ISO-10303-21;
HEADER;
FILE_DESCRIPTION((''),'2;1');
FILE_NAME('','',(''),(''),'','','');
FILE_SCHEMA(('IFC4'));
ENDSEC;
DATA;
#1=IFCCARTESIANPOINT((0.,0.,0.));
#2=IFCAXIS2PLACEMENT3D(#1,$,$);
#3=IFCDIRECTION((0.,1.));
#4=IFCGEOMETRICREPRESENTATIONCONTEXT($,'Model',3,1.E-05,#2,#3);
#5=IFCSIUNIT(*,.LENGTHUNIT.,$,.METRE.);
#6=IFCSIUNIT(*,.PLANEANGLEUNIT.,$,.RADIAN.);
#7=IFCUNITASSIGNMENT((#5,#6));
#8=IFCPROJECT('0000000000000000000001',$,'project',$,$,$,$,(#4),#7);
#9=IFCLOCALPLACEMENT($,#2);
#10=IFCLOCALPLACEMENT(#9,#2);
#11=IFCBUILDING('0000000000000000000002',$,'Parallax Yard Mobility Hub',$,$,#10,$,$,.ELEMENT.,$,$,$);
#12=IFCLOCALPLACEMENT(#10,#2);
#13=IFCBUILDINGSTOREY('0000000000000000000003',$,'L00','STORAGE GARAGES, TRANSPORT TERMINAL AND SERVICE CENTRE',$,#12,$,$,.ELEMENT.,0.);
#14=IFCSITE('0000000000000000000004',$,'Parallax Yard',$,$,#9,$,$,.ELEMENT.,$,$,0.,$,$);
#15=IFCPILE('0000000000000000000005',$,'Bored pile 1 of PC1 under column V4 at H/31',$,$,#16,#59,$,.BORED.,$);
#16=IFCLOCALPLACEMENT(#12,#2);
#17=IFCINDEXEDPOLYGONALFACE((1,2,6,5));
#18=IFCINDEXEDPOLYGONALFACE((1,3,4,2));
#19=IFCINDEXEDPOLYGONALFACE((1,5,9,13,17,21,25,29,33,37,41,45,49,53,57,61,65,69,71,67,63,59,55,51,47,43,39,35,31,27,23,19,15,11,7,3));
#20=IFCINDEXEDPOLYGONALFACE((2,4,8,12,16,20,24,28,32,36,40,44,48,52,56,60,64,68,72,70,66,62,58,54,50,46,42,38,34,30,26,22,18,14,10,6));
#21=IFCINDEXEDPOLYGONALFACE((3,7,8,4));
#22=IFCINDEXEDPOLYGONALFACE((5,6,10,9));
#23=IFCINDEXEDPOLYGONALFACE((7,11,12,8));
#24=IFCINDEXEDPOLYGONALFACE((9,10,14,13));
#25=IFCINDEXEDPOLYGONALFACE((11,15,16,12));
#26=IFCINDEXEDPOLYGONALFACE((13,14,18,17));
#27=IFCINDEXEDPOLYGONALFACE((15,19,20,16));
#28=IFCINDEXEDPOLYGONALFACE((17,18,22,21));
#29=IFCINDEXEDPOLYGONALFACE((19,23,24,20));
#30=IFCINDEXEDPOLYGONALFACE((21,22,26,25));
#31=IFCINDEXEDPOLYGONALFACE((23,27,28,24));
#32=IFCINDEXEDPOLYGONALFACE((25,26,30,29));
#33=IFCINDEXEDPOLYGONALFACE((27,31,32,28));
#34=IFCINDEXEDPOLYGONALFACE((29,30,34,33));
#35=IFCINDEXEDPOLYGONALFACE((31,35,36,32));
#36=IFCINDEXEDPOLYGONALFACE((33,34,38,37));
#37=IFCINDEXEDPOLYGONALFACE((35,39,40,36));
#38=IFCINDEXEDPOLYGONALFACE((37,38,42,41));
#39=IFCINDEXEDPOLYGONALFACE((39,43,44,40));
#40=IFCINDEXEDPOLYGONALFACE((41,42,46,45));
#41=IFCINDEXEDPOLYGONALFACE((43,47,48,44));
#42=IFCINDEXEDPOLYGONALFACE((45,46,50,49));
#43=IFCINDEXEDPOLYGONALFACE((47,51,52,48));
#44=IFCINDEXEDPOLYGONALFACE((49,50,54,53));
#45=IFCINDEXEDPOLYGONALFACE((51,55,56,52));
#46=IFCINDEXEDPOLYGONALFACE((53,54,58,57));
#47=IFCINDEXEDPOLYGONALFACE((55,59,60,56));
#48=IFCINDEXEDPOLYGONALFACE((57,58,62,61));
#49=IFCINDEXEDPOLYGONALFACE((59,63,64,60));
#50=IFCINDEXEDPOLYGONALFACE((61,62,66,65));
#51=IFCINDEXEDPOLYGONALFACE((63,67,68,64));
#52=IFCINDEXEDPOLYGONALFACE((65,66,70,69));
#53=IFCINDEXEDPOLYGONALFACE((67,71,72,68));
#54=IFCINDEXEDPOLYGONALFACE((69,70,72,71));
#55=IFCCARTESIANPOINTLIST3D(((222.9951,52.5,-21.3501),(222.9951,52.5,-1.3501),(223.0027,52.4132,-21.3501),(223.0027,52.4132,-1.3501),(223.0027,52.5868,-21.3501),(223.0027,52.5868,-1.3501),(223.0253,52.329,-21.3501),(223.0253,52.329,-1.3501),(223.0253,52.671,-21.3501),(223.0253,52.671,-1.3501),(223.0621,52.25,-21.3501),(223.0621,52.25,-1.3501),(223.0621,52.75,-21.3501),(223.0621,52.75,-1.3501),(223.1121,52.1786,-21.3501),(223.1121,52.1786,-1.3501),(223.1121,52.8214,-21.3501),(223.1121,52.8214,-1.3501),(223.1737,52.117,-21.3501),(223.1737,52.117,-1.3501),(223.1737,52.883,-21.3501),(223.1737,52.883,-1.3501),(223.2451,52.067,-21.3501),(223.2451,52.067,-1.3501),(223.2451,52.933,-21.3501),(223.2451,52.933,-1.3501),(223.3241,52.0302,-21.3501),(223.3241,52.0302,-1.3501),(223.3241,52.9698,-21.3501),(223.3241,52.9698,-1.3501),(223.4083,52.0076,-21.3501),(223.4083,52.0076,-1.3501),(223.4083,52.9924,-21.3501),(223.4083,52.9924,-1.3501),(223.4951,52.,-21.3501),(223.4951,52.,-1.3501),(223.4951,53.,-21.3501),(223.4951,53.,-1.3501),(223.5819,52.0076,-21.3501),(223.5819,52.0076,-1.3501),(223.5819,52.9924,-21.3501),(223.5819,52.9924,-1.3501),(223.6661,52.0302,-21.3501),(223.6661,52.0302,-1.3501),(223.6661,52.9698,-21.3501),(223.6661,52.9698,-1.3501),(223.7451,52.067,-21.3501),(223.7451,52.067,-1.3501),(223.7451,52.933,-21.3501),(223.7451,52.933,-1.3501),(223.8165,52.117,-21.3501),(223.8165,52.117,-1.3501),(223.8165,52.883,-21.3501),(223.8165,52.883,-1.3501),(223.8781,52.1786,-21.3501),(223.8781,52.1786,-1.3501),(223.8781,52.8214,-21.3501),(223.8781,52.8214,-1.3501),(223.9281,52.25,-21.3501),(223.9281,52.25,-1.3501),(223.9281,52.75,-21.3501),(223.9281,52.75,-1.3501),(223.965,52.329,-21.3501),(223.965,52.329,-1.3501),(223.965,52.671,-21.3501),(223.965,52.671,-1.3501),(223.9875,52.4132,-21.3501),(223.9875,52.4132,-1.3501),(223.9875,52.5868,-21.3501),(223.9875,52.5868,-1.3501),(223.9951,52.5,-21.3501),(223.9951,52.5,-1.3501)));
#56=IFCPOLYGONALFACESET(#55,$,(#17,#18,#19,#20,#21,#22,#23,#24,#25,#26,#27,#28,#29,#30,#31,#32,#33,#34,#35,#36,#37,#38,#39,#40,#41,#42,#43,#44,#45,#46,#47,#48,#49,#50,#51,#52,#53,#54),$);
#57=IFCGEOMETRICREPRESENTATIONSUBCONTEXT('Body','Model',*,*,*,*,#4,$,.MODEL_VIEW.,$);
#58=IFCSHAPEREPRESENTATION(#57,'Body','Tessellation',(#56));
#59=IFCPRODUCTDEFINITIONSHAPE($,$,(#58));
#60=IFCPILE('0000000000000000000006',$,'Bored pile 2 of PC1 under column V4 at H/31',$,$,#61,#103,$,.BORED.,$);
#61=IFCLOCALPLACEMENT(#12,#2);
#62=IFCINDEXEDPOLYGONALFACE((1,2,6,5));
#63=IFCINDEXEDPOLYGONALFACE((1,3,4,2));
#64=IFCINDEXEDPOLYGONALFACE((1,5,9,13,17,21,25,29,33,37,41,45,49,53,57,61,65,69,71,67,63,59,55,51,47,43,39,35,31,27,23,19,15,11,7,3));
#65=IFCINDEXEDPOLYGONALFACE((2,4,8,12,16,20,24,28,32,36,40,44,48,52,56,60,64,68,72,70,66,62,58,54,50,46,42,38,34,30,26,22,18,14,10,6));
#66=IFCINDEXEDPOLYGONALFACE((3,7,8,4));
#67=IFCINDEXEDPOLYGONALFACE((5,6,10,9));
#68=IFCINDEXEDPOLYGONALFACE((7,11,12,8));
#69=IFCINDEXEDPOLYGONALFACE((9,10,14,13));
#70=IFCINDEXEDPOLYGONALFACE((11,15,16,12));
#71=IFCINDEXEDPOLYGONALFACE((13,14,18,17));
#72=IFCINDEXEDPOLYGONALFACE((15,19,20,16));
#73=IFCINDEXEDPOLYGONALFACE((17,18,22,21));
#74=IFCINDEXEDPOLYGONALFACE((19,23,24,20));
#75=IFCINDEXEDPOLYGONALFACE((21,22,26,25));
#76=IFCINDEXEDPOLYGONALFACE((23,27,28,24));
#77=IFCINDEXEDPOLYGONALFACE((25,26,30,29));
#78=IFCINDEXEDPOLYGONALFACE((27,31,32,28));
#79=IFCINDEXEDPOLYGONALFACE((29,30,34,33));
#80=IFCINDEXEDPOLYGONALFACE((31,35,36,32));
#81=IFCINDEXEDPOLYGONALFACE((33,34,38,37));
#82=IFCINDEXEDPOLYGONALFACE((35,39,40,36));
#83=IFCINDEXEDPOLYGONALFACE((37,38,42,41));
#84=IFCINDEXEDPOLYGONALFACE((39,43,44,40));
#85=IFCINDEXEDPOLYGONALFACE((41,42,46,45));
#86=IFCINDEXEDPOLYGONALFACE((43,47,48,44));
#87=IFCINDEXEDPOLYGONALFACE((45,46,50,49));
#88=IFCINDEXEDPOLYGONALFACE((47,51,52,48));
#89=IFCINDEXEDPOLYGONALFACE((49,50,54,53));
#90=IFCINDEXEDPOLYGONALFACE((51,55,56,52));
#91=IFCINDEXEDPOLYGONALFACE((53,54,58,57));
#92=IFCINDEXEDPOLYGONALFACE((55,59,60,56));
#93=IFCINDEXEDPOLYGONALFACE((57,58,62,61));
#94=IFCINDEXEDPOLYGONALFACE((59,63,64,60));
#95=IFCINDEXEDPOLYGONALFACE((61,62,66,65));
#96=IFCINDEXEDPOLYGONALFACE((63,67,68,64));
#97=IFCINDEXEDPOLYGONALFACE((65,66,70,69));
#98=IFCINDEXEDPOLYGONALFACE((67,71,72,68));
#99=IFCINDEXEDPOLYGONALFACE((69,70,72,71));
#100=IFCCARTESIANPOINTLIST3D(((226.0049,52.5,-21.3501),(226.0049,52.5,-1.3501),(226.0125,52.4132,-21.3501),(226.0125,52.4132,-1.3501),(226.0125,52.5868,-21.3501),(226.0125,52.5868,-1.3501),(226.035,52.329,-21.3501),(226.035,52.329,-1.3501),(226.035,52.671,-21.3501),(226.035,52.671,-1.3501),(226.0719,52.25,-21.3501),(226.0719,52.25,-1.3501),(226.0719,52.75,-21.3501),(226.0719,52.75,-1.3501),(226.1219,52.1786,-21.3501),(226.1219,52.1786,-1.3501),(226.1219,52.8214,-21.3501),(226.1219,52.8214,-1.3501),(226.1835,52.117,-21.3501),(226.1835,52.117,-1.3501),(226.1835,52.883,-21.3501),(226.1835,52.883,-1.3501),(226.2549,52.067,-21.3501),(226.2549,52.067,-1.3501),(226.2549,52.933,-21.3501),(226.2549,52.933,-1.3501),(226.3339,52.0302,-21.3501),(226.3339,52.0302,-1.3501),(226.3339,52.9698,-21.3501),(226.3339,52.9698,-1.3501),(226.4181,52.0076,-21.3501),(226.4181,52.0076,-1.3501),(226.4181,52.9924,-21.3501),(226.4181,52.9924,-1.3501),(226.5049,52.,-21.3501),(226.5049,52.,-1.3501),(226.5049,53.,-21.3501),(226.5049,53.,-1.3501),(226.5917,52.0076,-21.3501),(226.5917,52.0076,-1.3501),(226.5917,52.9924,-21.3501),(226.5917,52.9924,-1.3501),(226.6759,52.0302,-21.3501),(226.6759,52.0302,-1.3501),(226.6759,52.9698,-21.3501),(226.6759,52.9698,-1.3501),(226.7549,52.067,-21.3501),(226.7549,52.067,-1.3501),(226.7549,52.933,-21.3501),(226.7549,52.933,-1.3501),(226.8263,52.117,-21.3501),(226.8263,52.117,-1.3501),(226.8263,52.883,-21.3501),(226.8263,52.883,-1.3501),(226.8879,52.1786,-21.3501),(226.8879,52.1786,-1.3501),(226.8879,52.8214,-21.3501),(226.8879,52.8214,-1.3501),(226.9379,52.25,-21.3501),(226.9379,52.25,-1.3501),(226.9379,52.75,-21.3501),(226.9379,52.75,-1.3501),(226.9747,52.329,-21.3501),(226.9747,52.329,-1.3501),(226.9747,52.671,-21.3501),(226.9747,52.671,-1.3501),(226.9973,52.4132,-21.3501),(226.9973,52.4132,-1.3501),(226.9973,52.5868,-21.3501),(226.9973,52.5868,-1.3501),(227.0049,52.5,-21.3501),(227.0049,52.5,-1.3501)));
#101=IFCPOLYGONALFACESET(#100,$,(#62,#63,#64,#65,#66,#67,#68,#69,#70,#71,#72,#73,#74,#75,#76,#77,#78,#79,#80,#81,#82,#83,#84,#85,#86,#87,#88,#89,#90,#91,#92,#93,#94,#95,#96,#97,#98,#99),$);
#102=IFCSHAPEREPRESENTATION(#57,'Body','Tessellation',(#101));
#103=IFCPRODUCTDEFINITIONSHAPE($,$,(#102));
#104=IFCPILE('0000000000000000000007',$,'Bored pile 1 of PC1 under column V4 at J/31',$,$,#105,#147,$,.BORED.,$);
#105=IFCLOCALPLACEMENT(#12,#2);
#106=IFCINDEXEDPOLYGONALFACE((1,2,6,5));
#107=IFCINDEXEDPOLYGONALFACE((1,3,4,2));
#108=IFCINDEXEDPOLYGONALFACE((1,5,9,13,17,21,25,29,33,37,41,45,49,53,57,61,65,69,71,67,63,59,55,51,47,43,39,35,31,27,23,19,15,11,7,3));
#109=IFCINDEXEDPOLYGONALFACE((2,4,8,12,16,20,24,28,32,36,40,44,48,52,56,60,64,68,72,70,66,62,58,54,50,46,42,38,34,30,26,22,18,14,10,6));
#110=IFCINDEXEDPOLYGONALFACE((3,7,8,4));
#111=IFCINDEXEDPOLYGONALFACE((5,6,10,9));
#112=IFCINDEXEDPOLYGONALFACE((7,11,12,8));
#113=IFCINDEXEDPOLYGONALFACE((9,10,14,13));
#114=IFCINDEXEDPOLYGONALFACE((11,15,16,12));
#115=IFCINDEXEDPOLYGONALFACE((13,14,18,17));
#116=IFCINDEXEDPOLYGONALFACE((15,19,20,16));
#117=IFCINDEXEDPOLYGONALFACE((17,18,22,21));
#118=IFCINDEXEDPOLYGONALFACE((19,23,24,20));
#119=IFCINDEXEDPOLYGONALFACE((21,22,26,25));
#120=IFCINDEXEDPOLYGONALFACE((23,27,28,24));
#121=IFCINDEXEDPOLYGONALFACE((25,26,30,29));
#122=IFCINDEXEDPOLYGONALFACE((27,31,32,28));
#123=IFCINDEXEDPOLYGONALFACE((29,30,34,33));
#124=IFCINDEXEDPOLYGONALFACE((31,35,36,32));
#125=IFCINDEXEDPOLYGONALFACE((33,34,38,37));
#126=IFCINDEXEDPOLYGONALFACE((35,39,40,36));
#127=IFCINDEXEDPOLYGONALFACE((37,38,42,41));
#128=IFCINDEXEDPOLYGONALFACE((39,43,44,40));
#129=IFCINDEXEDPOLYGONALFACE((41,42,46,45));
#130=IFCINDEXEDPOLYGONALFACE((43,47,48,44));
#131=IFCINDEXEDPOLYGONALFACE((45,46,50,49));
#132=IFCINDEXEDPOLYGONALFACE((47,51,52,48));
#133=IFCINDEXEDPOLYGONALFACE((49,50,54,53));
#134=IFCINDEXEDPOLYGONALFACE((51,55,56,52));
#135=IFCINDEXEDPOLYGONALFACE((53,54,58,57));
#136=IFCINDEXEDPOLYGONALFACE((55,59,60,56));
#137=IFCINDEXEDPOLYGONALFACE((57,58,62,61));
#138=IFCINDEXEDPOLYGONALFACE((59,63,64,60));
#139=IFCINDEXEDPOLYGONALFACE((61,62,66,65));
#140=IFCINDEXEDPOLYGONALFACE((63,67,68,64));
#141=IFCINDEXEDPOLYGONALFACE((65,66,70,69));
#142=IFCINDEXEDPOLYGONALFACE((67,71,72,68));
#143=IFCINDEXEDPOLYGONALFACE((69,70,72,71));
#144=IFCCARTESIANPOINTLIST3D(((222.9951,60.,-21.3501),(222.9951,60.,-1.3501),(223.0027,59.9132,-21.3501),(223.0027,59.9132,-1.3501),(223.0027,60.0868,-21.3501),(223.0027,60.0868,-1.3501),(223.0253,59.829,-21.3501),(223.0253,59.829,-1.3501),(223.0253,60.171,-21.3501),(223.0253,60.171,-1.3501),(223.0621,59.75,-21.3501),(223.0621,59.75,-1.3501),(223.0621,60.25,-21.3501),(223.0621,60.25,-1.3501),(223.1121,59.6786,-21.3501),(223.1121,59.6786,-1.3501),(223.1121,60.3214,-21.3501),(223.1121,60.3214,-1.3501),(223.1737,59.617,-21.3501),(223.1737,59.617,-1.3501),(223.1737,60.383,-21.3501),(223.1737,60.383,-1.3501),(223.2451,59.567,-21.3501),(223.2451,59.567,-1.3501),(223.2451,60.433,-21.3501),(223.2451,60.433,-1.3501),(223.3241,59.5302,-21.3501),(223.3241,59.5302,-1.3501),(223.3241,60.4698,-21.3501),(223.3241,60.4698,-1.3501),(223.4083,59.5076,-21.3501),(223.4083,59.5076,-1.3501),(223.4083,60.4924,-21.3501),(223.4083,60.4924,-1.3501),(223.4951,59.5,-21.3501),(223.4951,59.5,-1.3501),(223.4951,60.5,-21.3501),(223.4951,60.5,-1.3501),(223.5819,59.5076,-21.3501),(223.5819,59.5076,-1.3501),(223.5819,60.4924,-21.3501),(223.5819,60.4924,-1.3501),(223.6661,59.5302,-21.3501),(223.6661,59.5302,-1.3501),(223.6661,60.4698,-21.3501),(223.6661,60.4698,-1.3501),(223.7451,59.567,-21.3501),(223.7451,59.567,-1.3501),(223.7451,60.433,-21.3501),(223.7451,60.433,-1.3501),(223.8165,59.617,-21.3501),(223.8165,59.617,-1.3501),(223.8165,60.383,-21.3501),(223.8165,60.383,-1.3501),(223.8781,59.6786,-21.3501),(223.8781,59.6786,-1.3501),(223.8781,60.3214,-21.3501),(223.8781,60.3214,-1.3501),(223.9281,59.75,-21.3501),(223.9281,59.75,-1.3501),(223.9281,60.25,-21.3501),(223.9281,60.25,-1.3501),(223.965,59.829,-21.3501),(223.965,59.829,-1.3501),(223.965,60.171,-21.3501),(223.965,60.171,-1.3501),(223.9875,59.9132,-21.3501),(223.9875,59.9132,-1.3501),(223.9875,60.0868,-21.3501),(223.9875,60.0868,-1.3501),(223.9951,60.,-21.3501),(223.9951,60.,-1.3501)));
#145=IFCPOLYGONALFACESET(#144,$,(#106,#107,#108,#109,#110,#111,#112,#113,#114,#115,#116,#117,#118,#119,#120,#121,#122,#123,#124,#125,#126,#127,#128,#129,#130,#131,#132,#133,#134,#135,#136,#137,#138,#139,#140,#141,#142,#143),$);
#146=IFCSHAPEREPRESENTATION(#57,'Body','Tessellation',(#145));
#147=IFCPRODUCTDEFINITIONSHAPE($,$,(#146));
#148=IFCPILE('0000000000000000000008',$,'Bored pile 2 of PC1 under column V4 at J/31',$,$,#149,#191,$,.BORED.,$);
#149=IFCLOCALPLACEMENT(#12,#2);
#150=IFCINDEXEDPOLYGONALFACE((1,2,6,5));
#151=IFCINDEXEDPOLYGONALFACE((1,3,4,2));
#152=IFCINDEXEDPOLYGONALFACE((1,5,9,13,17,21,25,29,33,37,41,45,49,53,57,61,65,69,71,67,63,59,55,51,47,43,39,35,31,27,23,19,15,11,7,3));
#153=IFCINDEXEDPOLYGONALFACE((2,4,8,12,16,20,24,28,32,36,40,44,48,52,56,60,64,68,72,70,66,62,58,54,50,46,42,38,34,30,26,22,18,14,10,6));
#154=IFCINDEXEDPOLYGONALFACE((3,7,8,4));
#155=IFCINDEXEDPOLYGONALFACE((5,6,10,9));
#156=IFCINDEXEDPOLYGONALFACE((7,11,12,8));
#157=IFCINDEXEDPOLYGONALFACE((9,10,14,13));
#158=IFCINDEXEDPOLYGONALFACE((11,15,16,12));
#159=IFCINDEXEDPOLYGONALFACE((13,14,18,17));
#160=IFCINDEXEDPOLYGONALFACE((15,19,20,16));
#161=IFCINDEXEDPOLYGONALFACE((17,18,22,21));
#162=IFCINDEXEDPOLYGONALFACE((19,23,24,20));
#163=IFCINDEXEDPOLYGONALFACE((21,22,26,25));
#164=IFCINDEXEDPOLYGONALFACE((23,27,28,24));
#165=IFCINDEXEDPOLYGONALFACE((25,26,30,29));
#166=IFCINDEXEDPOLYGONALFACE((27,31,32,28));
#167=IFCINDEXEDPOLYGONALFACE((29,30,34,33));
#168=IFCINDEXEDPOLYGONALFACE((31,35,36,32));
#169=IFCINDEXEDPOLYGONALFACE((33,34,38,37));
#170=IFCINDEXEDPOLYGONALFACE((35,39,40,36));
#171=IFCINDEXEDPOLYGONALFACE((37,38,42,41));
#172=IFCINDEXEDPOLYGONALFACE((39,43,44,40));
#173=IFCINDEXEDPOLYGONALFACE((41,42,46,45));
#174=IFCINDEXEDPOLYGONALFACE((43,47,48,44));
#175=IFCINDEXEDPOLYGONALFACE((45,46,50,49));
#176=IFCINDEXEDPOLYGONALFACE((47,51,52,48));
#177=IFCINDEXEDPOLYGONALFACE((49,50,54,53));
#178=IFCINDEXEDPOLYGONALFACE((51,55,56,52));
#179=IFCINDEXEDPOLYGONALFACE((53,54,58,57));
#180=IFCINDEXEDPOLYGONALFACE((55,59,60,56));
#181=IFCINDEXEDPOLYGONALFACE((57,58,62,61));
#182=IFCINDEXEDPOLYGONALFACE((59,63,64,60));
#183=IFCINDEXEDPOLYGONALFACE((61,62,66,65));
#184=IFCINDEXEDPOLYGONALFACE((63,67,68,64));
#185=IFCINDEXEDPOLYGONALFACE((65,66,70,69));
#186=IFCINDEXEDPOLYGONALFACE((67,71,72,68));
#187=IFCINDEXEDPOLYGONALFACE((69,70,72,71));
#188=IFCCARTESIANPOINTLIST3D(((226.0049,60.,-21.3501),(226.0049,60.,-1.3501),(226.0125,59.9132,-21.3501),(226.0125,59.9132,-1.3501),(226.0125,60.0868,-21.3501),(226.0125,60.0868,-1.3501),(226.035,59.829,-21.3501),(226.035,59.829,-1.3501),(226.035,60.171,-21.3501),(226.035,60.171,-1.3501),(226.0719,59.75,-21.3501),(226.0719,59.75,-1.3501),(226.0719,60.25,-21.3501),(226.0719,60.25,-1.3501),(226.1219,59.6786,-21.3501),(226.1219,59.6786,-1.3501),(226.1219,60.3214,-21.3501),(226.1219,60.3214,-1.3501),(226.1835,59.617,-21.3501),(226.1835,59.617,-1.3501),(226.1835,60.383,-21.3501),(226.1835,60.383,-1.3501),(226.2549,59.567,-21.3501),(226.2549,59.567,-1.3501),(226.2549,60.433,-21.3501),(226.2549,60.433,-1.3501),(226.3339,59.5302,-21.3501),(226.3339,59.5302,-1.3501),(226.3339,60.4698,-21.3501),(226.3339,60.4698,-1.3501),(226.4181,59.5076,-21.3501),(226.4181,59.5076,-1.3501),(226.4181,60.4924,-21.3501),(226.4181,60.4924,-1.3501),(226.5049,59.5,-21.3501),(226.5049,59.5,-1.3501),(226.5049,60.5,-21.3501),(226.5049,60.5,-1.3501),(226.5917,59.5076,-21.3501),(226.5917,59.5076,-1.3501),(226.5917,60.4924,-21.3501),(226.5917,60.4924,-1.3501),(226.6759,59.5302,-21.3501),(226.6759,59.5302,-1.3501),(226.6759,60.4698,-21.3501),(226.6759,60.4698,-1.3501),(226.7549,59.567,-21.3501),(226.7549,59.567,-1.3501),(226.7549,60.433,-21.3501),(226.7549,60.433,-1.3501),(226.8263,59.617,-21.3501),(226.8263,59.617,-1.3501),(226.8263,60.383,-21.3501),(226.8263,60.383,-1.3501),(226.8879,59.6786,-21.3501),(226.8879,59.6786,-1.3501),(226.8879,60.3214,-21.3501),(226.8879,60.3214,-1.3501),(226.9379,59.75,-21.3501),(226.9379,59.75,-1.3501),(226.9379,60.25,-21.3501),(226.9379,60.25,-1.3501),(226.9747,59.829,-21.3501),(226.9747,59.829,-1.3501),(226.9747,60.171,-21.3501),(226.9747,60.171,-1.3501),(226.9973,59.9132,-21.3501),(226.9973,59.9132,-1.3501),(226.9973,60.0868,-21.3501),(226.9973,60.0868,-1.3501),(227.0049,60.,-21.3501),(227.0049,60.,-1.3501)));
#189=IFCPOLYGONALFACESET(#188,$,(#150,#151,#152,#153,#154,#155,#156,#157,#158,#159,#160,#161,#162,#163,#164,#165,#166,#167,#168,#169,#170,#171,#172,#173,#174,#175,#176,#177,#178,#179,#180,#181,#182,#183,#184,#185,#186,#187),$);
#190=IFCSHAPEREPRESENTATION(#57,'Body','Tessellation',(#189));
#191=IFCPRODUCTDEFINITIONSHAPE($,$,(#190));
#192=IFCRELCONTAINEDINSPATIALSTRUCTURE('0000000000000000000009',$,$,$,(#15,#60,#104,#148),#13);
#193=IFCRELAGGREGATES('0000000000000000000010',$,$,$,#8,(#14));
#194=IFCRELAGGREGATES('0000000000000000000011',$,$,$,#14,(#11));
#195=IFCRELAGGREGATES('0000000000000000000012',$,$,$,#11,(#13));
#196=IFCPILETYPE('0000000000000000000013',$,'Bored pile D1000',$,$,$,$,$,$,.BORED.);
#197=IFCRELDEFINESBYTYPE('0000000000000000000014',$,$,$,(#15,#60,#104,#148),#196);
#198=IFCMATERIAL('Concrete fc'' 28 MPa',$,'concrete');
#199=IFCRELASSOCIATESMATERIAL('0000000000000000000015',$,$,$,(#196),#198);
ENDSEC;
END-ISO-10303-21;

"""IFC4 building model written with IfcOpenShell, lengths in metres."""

from ifc_helpers import new_model, si_unit, direction, frame, origin, origin_2d, place, context, subcontext, project, spatial, circle, extrude, material, material_profile, profile_set, type_object, element, save


model = new_model("IFC4")

# Units and contexts
model_context = context("Model", 3, precision=1e-05, world=origin(), true_north=direction((0.0, 1.0)))
body_context = subcontext(model_context, "Body", "Model", "MODEL_VIEW")
ifc_project = project(units=[si_unit("LENGTHUNIT", "METRE"), si_unit("PLANEANGLEUNIT", "RADIAN")], contexts=[model_context])

# Site, building, storey
site_placement = place(None, origin())
site = spatial("IfcSite", under=ifc_project, at=site_placement, Name="Parallax Yard", CompositionType="ELEMENT", RefElevation=0.0)
building_placement = place(site_placement, origin())
building = spatial("IfcBuilding", under=site, at=building_placement, Name="Parallax Yard Mobility Hub", CompositionType="ELEMENT")
storey_placement = place(building_placement, origin())
storey = spatial("IfcBuildingStorey", under=building, at=storey_placement, Name="L00", Description="STORAGE GARAGES, TRANSPORT TERMINAL AND SERVICE CENTRE", CompositionType="ELEMENT", Elevation=0.0)

# Piles
ifc_material_1 = material(Name="Concrete fc' 28 MPa", Category="concrete")
ifc_material_profile_1 = material_profile(ifc_material_1, circle(Radius=0.5, at=origin_2d()), Name="Bored pile D1000")
ifc_profile_set_1 = profile_set([ifc_material_profile_1], Name="Concrete fc' 28 MPa")
pile_type = type_object("IfcPileType", Name="Bored pile D1000", PredefinedType="BORED", material=ifc_profile_set_1)
for number, where, z_axis, x_axis, name in (
    (1, (223.4951, 52.5, -1.3501), (0.0, 0.0, -1.0), (1.0, 0.0, 0.0), "Bored pile 1 of PC1 under column V4 at H/31"),
    (2, (226.5049, 52.5, -1.3501), (0.0, 0.0, -1.0), (1.0, 0.0, 0.0), "Bored pile 2 of PC1 under column V4 at H/31"),
    (3, (223.4951, 60.0, -1.3501), (0.0, 0.0, -1.0), (1.0, 0.0, 0.0), "Bored pile 1 of PC1 under column V4 at J/31"),
    (4, (226.5049, 60.0, -1.3501), (0.0, 0.0, -1.0), (1.0, 0.0, 0.0), "Bored pile 2 of PC1 under column V4 at J/31"),
):
    element("IfcPile", number, at=place(storey_placement, frame(where, z_axis=z_axis, x_axis=x_axis)), inside=storey, type_object=pile_type, Name=name, PredefinedType="BORED", context=body_context, shape_type="SweptSolid", body=[
        extrude(circle(Radius=0.5, at=origin_2d()), origin(), (0.0, 0.0, 1.0), 20.0),
    ])

save(model, "model.ifc")
